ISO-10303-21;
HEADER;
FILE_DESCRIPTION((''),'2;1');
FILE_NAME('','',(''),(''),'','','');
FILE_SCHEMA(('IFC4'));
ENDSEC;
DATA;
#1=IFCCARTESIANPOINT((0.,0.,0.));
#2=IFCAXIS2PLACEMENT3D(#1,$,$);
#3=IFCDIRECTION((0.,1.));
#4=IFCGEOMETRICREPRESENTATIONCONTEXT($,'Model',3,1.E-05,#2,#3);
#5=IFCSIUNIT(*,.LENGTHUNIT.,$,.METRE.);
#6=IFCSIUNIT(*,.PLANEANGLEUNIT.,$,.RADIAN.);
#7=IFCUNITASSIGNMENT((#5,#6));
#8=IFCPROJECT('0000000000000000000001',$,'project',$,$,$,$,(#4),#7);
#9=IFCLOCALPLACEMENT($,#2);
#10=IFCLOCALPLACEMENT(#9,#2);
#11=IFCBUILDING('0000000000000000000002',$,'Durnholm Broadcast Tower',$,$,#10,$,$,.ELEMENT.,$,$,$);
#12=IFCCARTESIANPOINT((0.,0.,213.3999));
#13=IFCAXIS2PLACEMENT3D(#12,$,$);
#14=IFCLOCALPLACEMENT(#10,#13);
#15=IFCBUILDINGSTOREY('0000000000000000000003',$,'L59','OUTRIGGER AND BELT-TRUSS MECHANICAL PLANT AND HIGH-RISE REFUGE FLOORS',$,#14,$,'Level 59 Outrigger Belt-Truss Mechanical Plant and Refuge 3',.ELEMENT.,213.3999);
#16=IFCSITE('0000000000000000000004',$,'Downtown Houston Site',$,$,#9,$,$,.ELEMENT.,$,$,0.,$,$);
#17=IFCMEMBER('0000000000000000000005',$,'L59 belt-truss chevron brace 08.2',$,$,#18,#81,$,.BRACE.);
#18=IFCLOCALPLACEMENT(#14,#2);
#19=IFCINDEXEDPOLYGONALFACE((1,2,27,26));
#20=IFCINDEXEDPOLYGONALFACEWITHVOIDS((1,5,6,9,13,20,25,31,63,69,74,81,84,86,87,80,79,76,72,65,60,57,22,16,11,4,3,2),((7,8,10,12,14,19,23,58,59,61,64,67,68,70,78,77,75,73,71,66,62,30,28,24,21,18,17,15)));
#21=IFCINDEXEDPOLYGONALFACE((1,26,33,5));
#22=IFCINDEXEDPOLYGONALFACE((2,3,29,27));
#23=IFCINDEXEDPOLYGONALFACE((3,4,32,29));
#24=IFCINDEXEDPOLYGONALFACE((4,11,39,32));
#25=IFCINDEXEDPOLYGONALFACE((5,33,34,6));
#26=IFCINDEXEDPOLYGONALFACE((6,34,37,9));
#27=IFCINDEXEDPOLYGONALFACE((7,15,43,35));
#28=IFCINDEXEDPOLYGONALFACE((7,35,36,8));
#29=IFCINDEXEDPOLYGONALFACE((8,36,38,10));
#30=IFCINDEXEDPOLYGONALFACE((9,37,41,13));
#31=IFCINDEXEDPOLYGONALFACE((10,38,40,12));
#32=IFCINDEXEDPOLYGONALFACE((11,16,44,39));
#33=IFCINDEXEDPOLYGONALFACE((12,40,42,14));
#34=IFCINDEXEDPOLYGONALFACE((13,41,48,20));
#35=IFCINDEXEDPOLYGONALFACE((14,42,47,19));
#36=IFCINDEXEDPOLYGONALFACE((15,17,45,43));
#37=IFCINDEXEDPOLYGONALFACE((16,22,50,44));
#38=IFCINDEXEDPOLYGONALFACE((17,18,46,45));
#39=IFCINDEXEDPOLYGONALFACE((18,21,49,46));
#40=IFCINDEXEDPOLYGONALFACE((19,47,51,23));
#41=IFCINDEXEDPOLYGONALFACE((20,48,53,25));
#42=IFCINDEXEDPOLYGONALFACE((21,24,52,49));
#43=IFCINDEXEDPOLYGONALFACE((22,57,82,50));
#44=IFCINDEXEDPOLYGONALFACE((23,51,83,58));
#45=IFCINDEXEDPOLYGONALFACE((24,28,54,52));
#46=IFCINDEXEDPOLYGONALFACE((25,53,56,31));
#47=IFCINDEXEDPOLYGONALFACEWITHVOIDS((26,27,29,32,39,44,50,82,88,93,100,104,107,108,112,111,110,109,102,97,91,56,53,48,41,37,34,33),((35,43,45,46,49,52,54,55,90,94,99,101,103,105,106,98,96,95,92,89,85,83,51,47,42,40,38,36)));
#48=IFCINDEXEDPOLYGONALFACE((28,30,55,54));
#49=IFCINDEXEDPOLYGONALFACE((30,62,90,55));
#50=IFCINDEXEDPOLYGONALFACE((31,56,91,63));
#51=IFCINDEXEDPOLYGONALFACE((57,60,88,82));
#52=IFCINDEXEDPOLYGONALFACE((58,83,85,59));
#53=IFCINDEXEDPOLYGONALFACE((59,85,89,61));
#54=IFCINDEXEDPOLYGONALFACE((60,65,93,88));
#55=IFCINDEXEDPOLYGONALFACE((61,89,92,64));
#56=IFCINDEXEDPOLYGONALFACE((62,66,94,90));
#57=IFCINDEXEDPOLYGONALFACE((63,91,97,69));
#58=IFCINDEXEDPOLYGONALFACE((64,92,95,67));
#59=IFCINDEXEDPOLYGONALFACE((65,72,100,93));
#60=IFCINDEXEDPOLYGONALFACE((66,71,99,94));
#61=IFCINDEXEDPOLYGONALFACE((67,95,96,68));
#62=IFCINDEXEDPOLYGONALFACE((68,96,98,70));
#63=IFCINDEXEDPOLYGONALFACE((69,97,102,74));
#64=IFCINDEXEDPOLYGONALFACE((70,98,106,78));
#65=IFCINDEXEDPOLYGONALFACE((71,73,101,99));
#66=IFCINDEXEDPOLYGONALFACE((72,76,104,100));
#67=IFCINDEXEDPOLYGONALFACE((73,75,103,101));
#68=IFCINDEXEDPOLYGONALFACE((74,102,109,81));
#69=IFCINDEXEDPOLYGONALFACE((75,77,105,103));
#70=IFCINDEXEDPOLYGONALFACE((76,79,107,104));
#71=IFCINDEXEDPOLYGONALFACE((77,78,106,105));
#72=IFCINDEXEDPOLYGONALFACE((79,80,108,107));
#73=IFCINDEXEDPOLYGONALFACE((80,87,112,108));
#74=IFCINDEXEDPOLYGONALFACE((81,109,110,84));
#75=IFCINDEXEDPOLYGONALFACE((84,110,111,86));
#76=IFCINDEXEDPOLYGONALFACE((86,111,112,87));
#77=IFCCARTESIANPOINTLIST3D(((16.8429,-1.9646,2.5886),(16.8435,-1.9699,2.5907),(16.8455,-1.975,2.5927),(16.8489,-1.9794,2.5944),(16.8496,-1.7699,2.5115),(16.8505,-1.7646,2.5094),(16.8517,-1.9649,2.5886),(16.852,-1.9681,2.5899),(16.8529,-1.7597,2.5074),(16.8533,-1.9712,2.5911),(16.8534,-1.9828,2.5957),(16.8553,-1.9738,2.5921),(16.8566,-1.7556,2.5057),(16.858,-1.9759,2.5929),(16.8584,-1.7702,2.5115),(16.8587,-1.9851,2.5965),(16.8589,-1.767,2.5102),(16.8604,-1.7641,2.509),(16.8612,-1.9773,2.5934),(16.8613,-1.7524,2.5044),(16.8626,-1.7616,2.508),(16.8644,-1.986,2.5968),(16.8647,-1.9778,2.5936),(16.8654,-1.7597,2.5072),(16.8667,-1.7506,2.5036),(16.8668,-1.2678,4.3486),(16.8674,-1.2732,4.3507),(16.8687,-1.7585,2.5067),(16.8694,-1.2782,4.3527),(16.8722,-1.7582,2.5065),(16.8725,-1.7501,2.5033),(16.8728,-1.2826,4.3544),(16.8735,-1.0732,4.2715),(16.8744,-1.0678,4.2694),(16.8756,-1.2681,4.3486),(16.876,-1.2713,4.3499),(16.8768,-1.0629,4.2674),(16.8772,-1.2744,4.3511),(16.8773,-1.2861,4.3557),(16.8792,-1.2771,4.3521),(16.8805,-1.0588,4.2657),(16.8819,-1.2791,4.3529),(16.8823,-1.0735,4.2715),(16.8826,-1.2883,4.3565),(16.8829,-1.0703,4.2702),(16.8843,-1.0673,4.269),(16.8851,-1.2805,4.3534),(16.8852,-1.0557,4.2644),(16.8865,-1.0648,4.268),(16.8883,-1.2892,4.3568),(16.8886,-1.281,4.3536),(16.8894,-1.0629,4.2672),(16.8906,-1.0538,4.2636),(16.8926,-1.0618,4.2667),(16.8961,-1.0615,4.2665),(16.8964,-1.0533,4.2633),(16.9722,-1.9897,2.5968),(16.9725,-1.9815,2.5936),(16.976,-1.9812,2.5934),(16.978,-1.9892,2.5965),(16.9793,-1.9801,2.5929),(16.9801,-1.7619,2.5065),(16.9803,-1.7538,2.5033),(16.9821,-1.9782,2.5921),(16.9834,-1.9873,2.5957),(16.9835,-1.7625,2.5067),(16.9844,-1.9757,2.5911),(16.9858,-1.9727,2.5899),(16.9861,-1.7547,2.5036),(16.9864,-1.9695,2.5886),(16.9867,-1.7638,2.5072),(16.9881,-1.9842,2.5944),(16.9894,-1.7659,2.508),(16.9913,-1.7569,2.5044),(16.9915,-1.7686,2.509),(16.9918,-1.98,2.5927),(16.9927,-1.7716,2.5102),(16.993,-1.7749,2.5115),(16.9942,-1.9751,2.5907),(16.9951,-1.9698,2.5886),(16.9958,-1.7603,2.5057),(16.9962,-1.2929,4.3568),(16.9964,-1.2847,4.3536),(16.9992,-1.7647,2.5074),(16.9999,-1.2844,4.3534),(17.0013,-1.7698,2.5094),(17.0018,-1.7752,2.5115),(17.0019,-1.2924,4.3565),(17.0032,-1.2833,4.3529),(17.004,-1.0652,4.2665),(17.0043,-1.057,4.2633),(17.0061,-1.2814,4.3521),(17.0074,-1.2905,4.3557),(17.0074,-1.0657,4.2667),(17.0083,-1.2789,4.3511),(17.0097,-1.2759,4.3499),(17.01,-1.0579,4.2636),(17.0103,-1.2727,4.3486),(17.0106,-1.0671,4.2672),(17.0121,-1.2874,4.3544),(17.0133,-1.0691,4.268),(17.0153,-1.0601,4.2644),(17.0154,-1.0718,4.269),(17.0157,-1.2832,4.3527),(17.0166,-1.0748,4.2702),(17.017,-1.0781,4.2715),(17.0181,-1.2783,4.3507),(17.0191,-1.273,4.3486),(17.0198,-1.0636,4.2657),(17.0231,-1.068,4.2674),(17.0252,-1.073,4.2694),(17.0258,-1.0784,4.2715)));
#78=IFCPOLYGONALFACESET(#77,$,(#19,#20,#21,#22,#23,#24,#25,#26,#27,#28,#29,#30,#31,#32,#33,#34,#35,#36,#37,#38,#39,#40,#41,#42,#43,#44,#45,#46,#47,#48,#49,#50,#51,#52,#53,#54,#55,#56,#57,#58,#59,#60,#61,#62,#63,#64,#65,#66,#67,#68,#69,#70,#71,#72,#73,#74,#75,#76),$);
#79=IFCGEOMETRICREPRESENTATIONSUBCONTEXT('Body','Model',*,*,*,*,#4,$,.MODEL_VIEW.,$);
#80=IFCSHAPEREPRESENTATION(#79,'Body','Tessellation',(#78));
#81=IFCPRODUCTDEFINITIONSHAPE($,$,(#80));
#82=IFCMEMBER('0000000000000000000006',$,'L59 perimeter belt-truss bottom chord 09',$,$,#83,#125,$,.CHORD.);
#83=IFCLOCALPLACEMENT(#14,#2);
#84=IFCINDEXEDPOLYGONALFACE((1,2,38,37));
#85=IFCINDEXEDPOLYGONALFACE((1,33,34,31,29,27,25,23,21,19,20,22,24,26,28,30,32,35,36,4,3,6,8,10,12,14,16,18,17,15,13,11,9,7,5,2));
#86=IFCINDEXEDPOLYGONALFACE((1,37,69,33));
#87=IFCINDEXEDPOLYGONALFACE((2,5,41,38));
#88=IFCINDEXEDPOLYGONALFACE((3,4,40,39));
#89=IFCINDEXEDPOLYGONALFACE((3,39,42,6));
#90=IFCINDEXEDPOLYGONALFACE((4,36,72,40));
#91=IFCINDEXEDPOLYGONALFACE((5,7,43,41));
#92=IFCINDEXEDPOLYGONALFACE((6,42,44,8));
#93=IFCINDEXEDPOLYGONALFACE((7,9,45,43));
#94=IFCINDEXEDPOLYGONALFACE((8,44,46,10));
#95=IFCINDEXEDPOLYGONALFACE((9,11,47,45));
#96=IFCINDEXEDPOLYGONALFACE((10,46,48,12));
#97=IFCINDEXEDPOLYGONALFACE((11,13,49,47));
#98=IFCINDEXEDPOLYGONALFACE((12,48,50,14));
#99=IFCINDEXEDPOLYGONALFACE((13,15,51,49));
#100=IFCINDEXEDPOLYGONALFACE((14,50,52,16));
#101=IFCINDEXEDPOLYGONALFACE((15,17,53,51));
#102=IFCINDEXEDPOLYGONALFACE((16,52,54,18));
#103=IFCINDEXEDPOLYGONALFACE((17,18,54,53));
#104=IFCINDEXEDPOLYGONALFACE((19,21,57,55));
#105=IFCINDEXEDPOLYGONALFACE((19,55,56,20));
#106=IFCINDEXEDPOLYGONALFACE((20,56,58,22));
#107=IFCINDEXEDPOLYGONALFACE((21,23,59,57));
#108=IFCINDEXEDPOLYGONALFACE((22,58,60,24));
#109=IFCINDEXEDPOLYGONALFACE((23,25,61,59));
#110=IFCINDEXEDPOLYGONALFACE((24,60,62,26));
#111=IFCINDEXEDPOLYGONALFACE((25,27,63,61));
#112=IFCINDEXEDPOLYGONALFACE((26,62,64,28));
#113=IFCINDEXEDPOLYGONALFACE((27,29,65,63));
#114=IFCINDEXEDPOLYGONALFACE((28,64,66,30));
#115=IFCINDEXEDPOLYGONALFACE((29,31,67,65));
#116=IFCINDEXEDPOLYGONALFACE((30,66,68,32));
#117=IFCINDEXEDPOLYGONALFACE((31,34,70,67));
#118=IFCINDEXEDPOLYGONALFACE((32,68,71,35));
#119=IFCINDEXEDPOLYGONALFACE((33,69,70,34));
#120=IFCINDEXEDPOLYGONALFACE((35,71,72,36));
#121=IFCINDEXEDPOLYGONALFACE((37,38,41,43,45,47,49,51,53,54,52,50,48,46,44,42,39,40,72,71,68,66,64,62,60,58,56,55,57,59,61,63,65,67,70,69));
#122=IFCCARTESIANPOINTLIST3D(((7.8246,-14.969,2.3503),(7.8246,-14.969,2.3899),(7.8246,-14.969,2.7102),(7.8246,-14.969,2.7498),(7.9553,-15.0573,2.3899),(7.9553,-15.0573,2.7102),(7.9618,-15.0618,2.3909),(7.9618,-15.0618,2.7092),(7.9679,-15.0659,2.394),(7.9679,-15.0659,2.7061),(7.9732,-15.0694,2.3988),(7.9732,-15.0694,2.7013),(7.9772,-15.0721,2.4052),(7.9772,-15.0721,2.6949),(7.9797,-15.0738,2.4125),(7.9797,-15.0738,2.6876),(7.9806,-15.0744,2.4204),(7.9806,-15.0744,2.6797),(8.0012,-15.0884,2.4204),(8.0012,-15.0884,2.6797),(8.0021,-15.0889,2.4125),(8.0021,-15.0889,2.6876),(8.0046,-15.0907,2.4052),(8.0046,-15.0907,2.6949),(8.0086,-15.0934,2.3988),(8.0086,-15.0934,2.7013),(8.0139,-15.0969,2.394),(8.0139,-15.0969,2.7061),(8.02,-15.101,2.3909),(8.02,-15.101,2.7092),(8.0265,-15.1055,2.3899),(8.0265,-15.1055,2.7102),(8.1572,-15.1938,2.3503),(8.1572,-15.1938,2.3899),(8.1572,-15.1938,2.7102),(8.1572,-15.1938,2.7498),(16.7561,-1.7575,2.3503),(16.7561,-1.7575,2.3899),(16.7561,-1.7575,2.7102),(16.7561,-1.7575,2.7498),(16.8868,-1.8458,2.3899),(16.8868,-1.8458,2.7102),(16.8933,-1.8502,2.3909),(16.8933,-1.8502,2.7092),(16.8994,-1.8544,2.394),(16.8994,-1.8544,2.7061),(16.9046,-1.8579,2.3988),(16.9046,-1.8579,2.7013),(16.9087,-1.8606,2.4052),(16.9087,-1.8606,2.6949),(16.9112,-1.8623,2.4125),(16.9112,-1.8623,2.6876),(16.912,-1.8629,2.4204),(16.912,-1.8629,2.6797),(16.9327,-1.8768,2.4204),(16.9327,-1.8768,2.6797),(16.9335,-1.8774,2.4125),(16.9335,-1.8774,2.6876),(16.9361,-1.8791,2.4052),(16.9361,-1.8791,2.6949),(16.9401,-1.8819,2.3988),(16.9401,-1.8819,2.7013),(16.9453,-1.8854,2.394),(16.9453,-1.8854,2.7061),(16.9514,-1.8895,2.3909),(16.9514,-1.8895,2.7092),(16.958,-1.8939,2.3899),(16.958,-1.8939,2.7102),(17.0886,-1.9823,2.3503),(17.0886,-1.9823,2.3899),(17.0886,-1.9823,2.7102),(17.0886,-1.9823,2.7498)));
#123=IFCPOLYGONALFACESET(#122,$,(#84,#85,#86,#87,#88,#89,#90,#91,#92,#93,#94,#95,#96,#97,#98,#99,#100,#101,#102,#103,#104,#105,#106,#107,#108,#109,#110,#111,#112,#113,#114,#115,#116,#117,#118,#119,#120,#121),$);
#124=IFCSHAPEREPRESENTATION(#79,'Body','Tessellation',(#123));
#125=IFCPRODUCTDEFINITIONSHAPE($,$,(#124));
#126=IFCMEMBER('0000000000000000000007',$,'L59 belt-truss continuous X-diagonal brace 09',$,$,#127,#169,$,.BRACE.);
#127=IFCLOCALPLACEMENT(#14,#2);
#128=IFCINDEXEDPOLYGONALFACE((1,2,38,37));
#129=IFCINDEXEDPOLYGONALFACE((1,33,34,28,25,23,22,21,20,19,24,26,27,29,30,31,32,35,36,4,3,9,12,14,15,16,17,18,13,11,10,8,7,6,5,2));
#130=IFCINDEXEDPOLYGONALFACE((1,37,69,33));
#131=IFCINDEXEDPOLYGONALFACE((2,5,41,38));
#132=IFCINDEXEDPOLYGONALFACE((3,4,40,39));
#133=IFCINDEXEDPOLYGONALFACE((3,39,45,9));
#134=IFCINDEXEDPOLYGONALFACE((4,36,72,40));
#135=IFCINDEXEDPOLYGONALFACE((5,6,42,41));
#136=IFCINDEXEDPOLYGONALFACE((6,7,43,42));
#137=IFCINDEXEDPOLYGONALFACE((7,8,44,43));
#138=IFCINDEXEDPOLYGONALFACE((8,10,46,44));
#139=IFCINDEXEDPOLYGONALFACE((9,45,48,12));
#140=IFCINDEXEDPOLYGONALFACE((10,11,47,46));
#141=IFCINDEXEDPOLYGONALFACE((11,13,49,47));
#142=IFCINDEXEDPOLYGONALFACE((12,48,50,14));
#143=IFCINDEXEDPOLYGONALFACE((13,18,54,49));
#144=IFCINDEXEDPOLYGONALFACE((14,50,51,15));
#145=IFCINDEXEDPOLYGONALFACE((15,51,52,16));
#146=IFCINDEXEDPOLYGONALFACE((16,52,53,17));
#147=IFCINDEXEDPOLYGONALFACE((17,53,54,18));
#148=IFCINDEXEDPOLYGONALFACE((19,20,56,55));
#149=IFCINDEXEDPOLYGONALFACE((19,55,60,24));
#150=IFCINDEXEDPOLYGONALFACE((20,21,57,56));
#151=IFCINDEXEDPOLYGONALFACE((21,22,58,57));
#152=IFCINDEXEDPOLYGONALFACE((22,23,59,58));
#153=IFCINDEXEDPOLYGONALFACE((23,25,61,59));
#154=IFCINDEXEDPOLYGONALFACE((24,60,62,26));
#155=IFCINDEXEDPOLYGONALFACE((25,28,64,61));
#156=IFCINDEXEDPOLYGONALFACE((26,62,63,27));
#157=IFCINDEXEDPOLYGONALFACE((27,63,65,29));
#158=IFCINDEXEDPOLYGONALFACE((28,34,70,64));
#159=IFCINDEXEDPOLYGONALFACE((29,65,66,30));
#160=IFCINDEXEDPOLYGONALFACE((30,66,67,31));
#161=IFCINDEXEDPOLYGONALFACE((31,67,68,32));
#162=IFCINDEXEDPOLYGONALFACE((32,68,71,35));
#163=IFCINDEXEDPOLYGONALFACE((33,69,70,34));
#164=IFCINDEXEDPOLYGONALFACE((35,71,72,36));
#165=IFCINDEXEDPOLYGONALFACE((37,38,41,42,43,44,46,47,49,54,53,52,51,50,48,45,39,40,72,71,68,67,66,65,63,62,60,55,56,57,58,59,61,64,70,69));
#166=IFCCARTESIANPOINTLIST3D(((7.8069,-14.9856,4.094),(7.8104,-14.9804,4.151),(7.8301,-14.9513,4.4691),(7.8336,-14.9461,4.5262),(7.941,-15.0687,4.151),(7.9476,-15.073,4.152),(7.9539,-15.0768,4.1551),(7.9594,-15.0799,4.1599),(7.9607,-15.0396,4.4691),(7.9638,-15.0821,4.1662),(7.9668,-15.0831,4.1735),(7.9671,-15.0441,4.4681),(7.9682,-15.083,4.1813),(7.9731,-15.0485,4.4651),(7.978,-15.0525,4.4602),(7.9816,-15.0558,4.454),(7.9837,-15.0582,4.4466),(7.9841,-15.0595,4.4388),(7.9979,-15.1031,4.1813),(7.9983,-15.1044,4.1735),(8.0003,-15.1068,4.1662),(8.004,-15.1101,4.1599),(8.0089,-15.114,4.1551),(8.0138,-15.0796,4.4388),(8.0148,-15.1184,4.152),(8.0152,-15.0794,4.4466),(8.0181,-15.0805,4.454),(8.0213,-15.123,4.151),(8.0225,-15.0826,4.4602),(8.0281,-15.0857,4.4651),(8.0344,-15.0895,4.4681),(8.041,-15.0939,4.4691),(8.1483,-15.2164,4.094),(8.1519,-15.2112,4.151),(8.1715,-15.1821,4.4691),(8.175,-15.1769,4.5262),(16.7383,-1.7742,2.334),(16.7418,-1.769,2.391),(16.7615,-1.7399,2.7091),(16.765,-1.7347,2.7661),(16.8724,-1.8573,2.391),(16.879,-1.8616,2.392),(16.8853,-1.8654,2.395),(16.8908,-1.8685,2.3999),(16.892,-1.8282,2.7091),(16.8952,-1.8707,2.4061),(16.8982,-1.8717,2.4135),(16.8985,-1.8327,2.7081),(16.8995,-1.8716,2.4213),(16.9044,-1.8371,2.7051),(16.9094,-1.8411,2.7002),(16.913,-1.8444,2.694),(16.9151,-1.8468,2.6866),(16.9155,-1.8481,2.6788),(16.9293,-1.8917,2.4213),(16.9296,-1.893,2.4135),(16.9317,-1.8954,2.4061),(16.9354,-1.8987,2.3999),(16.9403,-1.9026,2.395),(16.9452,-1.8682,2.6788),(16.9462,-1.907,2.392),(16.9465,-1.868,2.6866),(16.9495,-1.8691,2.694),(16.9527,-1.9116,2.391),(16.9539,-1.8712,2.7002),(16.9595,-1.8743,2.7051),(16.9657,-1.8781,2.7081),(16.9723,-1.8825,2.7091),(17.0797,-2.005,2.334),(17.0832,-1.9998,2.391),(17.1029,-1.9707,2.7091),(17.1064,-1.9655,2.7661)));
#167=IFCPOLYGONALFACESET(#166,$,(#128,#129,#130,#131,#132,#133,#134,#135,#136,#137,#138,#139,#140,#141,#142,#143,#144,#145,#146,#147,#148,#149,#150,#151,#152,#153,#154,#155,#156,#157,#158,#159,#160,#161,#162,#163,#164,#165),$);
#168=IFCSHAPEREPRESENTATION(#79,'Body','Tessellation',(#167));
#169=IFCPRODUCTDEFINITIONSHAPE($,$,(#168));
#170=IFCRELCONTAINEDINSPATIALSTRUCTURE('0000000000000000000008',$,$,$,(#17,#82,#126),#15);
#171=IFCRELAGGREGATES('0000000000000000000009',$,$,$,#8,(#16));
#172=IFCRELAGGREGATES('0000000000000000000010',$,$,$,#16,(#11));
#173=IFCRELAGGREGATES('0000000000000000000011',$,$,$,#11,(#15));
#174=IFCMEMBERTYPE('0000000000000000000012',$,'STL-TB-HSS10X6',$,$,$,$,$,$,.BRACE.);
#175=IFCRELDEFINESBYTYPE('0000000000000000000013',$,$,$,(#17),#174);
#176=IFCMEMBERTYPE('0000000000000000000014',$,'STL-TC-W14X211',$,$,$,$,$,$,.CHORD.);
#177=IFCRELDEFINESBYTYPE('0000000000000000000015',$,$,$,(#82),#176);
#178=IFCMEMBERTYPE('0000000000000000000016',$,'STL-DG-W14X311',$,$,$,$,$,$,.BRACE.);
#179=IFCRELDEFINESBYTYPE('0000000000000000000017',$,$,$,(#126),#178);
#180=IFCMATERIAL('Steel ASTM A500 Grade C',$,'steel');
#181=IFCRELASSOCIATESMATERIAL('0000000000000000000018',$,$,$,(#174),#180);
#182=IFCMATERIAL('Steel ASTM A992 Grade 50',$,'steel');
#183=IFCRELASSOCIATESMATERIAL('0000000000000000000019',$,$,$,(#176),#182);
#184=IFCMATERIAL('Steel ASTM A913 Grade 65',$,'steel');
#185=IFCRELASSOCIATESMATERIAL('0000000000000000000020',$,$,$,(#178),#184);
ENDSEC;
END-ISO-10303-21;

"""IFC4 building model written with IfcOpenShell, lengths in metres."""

from ifc_helpers import new_model, si_unit, direction, frame, origin, origin_2d, place, context, subcontext, project, spatial, hollow_rectangle, i_section, extrude, source, transform, mapped, material, material_profile, profile_set, type_object, type_shapes, element, save


model = new_model("IFC4")

# Units and contexts
model_context = context("Model", 3, precision=1e-05, world=origin(), true_north=direction((0.0, 1.0)))
body_context = subcontext(model_context, "Body", "Model", "MODEL_VIEW")
ifc_project = project(units=[si_unit("LENGTHUNIT", "METRE"), si_unit("PLANEANGLEUNIT", "RADIAN")], contexts=[model_context])

# Site, building, storey
site_placement = place(None, origin())
site = spatial("IfcSite", under=ifc_project, at=site_placement, Name="Downtown Houston Site", CompositionType="ELEMENT", RefElevation=0.0)
building_placement = place(site_placement, origin())
building = spatial("IfcBuilding", under=site, at=building_placement, Name="Durnholm Broadcast Tower", CompositionType="ELEMENT")
storey_placement = place(building_placement, frame((0.0, 0.0, 213.3999)))
storey = spatial("IfcBuildingStorey", under=building, at=storey_placement, Name="L59", Description="OUTRIGGER AND BELT-TRUSS MECHANICAL PLANT AND HIGH-RISE REFUGE FLOORS", LongName="Level 59 Outrigger Belt-Truss Mechanical Plant and Refuge 3", CompositionType="ELEMENT", Elevation=213.3999)

# Shared definitions
ifc_material_1 = material(Name="Steel ASTM A992 Grade 50", Category="steel")

# Members
ifc_material_2 = material(Name="Steel ASTM A500 Grade C", Category="steel")
ifc_material_profile_1 = material_profile(ifc_material_2, hollow_rectangle(XDim=0.1523, YDim=0.2539, WallThickness=0.0088, InnerFilletRadius=0.0134, OuterFilletRadius=0.0222, at=origin_2d()), Name="HSS10X6X3/8")
ifc_profile_set_1 = profile_set([ifc_material_profile_1], Name="Steel ASTM A500 Grade C")
member_type_1 = type_object("IfcMemberType", Name="STL-TB-HSS10X6", PredefinedType="BRACE", material=ifc_profile_set_1)
shared_shape_1 = source(origin(), body_context, "Body", "SweptSolid", [
    extrude(hollow_rectangle(XDim=0.1523, YDim=0.2539, WallThickness=0.0088, InnerFilletRadius=0.0134, OuterFilletRadius=0.0222, at=origin_2d()), origin(), (0.0, 0.0, 1.0), 1.8931),
])
type_shapes(member_type_1, [shared_shape_1])
member_1_placement = place(storey_placement, frame((16.9224, -1.8699, 2.55), z_axis=(0.012639, 0.368068, 0.929713), x_axis=(-0.999411, 0.034318, 0.0)))
element("IfcMember", 1, at=member_1_placement, inside=storey, type_object=member_type_1, Name="L59 belt-truss chevron brace 08.2", PredefinedType="BRACE", context=body_context, shape_type="MappedRepresentation", body=[
    mapped(shared_shape_1, transform((0.0, 0.0, 0.0), x_axis=(1.0, 0.0, 0.0), y_axis=(0.0, 1.0, 0.0), z_axis=(0.0, 0.0, 1.0), scale=1.0)),
])
ifc_material_profile_2 = material_profile(ifc_material_1, i_section(OverallWidth=0.4014, OverallDepth=0.3994, WebThickness=0.0249, FlangeThickness=0.0396, FilletRadius=0.0305, at=origin_2d()), Name="W14X211")
ifc_profile_set_2 = profile_set([ifc_material_profile_2], Name="Steel ASTM A992 Grade 50")
member_type_2 = type_object("IfcMemberType", Name="STL-TC-W14X211", PredefinedType="CHORD", material=ifc_profile_set_2)
shared_shape_2 = source(origin(), body_context, "Body", "SweptSolid", [
    extrude(i_section(OverallWidth=0.4014, OverallDepth=0.3994, WebThickness=0.0249, FlangeThickness=0.0396, FilletRadius=0.0305, at=origin_2d()), origin(), (0.0, 0.0, 1.0), 15.9473),
])
type_shapes(member_type_2, [shared_shape_2])
member_2_placement = place(storey_placement, frame((16.9224, -1.8699, 2.55), z_axis=(-0.560062, -0.828451, 0.0), x_axis=(0.828451, -0.560062, 0.0)))
element("IfcMember", 2, at=member_2_placement, inside=storey, type_object=member_type_2, Name="L59 perimeter belt-truss bottom chord 09", PredefinedType="CHORD", context=body_context, shape_type="MappedRepresentation", body=[
    mapped(shared_shape_2, transform((0.0, 0.0, 0.0), x_axis=(1.0, 0.0, 0.0), y_axis=(0.0, 1.0, 0.0), z_axis=(0.0, 0.0, 1.0), scale=1.0)),
])
ifc_material_3 = material(Name="Steel ASTM A913 Grade 65", Category="steel")
ifc_material_profile_3 = material_profile(ifc_material_3, i_section(OverallWidth=0.4121, OverallDepth=0.4348, WebThickness=0.0359, FlangeThickness=0.0574, FilletRadius=0.0305, at=origin_2d()), Name="W14X311")
ifc_profile_set_3 = profile_set([ifc_material_profile_3], Name="Steel ASTM A913 Grade 65")
member_type_3 = type_object("IfcMemberType", Name="STL-DG-W14X311", PredefinedType="BRACE", material=ifc_profile_set_3)
shared_shape_3 = source(origin(), body_context, "Body", "SweptSolid", [
    extrude(i_section(OverallWidth=0.4121, OverallDepth=0.4348, WebThickness=0.0359, FlangeThickness=0.0574, FilletRadius=0.0305, at=origin_2d()), origin(), (0.0, 0.0, 1.0), 16.0439),
])
type_shapes(member_type_3, [shared_shape_3])
member_3_placement = place(storey_placement, frame((16.9224, -1.8699, 2.55), z_axis=(-0.556682, -0.823451, 0.109699), x_axis=(0.828451, -0.560062, 0.0)))
element("IfcMember", 3, at=member_3_placement, inside=storey, type_object=member_type_3, Name="L59 belt-truss continuous X-diagonal brace 09", PredefinedType="BRACE", context=body_context, shape_type="MappedRepresentation", body=[
    mapped(shared_shape_3, transform((0.0, 0.0, 0.0), x_axis=(1.0, 0.0, 0.0), y_axis=(0.0, 1.0, 0.0), z_axis=(0.0, 0.0, 1.0), scale=1.0)),
])

save(model, "model.ifc")
